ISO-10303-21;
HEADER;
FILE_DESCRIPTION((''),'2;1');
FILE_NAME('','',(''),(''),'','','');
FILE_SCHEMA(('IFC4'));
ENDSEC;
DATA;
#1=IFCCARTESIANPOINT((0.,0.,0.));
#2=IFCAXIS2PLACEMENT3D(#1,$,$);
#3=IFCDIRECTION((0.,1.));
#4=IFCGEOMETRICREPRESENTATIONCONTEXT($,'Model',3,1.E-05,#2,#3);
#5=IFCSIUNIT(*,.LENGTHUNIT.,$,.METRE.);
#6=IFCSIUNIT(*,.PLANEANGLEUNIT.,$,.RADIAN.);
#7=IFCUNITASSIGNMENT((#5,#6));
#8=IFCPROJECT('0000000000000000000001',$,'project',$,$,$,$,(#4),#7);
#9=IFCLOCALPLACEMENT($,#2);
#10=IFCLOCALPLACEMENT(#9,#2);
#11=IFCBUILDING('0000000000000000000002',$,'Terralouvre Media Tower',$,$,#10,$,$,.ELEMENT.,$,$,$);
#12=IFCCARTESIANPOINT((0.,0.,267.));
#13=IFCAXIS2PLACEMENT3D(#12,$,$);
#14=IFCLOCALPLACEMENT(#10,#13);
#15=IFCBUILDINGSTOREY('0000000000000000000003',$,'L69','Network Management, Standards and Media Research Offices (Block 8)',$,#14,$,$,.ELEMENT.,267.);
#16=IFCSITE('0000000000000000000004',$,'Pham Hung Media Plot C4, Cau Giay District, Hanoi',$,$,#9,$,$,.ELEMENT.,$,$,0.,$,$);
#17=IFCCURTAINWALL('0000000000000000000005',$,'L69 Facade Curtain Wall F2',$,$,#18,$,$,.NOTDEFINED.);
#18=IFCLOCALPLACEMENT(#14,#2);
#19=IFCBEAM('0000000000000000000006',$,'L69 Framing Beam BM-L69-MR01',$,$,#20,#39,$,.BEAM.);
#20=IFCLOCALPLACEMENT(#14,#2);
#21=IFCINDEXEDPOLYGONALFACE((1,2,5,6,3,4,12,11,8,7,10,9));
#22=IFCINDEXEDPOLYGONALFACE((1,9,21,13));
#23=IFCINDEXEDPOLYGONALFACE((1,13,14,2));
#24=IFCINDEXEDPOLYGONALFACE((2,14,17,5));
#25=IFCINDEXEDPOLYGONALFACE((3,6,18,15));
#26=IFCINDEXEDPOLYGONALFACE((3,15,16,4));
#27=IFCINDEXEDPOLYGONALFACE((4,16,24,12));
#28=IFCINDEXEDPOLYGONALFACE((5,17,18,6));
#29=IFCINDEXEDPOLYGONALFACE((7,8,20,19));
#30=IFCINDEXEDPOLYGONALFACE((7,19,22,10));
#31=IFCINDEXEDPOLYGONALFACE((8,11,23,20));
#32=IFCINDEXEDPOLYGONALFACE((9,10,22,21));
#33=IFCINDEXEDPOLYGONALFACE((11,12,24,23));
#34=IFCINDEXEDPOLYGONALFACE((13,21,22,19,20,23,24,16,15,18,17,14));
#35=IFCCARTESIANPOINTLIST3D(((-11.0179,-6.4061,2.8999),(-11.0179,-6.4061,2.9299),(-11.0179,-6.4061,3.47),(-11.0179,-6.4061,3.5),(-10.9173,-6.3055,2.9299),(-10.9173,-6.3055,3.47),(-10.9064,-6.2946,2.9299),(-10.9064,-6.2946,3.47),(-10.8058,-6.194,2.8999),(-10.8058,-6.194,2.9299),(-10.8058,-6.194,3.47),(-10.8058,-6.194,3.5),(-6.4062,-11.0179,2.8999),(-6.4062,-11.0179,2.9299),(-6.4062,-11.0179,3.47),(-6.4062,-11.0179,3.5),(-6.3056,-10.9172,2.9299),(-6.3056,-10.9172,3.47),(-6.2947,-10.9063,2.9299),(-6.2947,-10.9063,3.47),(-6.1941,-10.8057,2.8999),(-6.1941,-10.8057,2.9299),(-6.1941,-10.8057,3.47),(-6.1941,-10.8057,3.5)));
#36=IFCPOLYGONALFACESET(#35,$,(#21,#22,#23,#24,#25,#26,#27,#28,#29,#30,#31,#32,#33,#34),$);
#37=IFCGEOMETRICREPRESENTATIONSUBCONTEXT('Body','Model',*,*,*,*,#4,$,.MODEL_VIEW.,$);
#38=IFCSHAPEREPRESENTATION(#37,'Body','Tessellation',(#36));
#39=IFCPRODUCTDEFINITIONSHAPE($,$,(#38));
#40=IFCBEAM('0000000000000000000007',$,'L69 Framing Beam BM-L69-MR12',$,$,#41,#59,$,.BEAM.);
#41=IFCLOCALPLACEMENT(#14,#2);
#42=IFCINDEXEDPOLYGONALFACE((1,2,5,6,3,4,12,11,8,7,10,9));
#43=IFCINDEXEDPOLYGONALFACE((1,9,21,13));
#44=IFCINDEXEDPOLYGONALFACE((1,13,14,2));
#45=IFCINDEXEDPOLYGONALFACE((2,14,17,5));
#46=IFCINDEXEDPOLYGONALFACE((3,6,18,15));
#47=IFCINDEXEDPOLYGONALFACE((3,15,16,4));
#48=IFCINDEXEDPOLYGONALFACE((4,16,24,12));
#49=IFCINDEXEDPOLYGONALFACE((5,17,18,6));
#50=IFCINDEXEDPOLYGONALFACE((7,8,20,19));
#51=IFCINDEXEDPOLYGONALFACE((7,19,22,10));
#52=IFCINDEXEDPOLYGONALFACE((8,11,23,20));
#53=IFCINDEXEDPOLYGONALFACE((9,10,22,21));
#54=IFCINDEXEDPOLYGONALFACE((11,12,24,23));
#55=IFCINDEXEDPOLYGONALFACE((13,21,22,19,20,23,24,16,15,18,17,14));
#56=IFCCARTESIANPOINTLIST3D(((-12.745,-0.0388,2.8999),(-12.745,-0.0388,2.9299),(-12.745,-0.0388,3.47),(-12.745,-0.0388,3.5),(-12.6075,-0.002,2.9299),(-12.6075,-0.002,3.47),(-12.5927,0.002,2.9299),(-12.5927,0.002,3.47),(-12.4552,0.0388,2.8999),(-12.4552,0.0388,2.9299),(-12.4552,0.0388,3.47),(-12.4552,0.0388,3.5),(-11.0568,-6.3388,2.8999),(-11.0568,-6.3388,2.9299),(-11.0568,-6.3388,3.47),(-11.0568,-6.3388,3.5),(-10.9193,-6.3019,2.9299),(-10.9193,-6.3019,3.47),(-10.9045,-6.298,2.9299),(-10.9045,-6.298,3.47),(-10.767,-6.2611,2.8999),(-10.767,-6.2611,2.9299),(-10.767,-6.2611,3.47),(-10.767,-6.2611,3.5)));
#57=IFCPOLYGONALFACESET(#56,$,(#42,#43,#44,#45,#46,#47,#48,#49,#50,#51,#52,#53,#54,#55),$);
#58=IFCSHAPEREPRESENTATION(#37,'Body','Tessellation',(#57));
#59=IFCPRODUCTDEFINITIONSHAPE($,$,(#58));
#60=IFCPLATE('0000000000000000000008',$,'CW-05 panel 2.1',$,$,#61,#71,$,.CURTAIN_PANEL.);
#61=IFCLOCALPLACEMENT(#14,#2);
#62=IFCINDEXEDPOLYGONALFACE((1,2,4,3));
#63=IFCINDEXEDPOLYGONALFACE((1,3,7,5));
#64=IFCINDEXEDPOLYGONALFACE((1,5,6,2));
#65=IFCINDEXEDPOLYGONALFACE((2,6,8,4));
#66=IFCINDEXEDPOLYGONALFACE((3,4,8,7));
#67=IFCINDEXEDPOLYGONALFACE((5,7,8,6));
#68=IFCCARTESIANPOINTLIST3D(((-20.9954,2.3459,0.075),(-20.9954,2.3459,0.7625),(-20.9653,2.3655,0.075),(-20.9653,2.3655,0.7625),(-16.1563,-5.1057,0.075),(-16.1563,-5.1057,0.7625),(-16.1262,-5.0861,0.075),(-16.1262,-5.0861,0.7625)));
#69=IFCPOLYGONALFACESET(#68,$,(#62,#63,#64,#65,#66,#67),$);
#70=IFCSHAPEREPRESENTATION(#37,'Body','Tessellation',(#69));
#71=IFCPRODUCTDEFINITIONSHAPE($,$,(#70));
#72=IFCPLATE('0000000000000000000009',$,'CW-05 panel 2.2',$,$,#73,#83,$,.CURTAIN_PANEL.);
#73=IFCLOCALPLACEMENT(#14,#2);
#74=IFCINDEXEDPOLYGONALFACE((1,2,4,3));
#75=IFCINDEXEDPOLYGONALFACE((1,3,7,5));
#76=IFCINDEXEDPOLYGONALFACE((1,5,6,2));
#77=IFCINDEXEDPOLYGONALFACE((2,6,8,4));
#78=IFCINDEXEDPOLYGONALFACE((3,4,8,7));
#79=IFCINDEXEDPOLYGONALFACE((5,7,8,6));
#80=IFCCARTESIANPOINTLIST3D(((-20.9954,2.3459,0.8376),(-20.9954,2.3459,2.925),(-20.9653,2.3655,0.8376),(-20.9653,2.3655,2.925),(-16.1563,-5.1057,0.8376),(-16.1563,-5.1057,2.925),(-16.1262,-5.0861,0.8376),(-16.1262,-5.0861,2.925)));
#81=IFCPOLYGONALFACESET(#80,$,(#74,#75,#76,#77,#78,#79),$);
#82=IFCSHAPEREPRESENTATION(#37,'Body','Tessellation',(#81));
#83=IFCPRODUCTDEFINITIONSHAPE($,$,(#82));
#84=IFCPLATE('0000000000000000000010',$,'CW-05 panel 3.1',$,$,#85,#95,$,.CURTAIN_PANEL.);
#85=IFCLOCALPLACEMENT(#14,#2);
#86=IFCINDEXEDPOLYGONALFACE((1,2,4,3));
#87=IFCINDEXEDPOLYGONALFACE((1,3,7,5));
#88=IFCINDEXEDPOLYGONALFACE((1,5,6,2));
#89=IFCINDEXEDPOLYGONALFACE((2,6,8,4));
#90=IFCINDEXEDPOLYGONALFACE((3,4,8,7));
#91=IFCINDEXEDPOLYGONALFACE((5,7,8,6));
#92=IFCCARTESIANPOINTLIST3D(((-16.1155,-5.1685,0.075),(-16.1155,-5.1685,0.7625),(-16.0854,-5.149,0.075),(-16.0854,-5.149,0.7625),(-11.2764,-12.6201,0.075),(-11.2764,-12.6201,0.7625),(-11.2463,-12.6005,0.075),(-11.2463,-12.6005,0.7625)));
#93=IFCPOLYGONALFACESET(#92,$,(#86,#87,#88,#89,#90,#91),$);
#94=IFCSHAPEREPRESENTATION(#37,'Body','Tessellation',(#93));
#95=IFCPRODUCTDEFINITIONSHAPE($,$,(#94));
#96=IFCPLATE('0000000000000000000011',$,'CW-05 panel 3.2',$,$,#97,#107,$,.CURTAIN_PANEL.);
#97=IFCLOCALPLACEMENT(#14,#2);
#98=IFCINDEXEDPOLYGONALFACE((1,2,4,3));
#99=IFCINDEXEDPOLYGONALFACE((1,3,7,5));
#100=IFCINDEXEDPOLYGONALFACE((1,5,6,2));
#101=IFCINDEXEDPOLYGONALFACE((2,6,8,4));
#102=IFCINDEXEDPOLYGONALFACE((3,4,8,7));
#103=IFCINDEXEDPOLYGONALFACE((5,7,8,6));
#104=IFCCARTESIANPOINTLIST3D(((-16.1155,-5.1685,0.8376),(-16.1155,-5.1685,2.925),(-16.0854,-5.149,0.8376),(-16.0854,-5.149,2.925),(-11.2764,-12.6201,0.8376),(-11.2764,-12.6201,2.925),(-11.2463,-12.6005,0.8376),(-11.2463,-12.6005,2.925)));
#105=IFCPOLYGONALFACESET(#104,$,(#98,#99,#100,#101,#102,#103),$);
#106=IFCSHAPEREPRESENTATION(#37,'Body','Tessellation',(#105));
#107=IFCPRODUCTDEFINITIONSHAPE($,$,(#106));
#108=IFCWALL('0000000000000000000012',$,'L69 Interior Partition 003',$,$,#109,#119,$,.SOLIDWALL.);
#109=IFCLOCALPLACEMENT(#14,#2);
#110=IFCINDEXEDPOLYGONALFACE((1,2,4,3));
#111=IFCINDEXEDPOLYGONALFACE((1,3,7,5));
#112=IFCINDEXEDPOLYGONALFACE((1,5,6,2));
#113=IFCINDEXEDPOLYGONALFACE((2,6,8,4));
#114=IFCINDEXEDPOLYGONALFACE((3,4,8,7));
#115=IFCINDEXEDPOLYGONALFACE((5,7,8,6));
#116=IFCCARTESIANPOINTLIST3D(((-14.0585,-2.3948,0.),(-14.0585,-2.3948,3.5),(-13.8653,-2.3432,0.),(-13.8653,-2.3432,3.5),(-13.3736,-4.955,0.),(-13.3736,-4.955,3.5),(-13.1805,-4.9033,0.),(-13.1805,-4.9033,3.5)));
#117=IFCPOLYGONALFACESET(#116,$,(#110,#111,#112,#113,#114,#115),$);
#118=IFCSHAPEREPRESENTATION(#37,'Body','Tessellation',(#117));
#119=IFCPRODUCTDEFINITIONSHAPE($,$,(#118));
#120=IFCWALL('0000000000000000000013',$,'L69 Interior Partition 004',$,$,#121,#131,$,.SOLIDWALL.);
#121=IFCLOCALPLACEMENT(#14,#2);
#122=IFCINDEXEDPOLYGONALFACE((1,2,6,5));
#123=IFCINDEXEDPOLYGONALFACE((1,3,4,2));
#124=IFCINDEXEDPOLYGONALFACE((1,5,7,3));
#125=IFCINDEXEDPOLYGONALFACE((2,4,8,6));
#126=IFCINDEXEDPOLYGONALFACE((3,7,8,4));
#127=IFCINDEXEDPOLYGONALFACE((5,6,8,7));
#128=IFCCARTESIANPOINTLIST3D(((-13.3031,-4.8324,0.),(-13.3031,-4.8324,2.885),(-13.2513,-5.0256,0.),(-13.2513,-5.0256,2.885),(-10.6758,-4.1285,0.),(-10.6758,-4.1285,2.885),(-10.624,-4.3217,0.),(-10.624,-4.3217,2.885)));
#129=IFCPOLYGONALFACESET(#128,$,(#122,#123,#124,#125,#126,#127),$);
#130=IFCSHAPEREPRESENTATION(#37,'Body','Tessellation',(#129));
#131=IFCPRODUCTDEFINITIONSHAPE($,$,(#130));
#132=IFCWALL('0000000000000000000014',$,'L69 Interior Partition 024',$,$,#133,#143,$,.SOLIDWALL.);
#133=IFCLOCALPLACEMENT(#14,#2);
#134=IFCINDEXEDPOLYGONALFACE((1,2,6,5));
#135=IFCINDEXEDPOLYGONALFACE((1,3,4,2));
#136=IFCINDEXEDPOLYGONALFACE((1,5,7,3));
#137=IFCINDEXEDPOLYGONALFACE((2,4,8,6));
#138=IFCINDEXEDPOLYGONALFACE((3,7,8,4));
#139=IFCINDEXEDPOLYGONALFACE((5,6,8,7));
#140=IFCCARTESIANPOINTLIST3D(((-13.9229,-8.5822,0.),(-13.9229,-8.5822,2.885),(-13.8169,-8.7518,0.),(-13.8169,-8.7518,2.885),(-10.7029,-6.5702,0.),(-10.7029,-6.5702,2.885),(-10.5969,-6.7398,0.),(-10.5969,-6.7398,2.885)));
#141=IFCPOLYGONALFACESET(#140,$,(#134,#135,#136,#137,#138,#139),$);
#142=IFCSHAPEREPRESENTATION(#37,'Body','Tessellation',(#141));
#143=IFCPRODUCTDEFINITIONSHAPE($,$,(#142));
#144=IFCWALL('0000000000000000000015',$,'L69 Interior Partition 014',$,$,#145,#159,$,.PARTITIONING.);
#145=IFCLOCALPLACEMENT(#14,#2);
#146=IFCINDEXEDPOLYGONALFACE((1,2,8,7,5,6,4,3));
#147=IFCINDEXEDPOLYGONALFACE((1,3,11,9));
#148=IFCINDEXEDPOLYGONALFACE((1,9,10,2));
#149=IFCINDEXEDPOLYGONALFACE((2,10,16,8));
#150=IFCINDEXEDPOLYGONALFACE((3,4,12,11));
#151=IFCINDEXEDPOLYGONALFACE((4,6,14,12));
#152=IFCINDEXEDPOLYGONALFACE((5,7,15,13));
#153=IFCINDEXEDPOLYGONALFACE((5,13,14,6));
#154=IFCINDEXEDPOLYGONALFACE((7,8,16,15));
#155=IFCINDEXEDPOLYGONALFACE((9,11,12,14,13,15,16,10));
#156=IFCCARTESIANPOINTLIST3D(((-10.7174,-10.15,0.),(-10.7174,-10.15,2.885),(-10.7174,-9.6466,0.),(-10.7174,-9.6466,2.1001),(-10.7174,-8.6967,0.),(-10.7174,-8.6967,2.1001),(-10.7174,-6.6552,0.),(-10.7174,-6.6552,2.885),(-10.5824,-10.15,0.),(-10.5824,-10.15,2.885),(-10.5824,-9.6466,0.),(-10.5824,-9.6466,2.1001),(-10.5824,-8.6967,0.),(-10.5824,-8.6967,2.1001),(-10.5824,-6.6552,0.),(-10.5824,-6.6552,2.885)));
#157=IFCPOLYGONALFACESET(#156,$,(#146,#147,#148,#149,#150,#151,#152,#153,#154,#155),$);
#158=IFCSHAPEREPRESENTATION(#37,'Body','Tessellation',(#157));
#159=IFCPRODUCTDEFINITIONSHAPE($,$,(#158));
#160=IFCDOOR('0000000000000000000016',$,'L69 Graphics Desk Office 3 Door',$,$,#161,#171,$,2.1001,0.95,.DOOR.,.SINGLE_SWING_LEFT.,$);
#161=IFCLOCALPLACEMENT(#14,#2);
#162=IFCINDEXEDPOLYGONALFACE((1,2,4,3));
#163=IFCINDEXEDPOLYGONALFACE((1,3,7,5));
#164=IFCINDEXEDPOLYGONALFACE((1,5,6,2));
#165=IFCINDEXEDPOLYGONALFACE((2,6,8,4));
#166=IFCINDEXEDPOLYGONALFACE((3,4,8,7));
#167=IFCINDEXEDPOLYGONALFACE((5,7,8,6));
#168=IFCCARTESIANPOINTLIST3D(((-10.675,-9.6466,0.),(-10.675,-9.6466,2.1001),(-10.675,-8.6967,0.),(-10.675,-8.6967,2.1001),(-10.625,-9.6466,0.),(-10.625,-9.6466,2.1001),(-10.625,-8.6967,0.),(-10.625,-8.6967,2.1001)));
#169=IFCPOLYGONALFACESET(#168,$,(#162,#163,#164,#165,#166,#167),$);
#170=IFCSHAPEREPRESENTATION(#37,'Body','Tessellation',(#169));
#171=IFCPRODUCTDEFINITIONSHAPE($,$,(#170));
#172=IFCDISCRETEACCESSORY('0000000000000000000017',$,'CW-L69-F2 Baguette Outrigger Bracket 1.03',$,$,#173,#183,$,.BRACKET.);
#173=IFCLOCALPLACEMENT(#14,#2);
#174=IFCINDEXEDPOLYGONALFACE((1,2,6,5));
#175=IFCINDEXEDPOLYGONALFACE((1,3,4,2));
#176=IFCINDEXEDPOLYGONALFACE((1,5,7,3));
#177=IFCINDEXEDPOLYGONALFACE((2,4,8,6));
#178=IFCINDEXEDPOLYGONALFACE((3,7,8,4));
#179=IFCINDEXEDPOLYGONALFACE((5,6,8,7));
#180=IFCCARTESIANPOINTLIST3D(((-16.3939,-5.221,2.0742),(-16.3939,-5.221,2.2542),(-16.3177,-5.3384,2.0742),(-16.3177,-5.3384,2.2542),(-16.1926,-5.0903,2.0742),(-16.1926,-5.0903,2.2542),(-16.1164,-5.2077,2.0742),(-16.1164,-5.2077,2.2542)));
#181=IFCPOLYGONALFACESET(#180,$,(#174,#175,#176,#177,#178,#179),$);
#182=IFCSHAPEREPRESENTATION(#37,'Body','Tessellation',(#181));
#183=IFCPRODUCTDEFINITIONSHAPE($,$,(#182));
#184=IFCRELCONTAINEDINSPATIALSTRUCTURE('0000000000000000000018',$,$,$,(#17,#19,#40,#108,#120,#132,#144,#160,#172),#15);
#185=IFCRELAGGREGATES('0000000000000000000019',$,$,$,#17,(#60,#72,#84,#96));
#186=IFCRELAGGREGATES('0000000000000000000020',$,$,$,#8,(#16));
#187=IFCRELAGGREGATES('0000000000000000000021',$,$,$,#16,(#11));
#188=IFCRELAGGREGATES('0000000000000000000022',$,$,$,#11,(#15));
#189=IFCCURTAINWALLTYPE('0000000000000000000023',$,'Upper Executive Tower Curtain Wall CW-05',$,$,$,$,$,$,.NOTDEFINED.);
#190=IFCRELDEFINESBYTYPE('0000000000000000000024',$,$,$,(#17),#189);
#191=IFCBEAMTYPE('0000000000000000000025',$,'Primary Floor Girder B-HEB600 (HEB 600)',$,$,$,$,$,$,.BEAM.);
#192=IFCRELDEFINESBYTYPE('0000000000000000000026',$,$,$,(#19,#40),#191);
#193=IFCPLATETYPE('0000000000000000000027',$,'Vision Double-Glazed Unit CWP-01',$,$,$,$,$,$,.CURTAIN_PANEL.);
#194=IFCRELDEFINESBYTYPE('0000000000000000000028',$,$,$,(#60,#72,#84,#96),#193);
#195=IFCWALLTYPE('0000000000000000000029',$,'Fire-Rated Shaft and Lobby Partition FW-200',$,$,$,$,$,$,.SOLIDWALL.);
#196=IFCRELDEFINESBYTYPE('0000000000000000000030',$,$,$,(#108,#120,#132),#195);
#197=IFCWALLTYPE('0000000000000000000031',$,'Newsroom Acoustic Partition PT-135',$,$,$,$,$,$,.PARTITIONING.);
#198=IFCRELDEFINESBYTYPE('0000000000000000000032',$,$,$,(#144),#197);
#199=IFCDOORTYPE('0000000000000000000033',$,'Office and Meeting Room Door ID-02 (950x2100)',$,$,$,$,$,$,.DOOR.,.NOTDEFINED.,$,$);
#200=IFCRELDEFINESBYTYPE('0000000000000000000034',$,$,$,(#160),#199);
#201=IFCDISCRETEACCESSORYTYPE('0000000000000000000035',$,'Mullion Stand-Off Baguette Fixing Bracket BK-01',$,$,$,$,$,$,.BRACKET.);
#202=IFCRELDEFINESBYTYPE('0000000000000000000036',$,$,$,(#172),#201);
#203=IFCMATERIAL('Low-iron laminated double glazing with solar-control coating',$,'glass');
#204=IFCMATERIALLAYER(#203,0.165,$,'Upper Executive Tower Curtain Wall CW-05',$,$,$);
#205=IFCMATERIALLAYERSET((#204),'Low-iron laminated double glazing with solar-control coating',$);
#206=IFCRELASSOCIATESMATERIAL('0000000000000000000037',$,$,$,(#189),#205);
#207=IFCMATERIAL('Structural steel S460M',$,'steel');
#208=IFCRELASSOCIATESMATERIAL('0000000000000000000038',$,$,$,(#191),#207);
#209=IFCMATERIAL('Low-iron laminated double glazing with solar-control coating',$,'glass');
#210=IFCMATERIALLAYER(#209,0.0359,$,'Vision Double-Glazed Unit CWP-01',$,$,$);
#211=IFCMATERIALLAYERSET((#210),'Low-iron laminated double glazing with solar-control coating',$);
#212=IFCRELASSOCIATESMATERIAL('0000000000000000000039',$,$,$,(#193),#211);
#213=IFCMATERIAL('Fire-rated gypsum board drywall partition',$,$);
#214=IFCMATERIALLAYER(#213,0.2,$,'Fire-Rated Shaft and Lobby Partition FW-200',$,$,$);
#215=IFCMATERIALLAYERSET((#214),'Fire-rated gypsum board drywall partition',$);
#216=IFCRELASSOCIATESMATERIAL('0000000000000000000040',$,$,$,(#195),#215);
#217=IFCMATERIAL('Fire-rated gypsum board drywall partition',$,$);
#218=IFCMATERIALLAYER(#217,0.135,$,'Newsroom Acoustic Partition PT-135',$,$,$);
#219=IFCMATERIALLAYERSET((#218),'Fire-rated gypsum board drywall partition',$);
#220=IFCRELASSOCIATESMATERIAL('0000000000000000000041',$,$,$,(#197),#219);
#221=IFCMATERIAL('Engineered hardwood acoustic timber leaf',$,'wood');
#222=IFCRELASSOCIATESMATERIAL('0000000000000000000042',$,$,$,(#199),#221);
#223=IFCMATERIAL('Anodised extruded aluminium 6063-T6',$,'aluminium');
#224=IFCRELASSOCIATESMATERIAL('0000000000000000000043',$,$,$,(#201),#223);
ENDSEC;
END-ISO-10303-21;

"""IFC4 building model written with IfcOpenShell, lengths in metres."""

from ifc_helpers import new_model, si_unit, direction, frame, frame_2d, origin, origin_2d, place, context, subcontext, project, spatial, rectangle, i_section, extrude, material, layer, layer_set, material_profile, profile_set, type_object, element, fill, aggregate, save


model = new_model("IFC4")

# Units and contexts
model_context = context("Model", 3, precision=1e-05, world=origin(), true_north=direction((0.0, 1.0)))
body_context = subcontext(model_context, "Body", "Model", "MODEL_VIEW")
ifc_project = project(units=[si_unit("LENGTHUNIT", "METRE"), si_unit("PLANEANGLEUNIT", "RADIAN")], contexts=[model_context])

# Site, building, storey
site_placement = place(None, origin())
site = spatial("IfcSite", under=ifc_project, at=site_placement, Name="Pham Hung Media Plot C4, Cau Giay District, Hanoi", CompositionType="ELEMENT", RefElevation=0.0)
building_placement = place(site_placement, origin())
building = spatial("IfcBuilding", under=site, at=building_placement, Name="Terralouvre Media Tower", CompositionType="ELEMENT")
storey_placement = place(building_placement, frame((0.0, 0.0, 267.0)))
storey = spatial("IfcBuildingStorey", under=building, at=storey_placement, Name="L69", Description="Network Management, Standards and Media Research Offices (Block 8)", CompositionType="ELEMENT", Elevation=267.0)

# Curtain wall
ifc_material_1 = material(Name="Low-iron laminated double glazing with solar-control coating", Category="glass")
ifc_layer_1 = layer(ifc_material_1, 0.165, Name="Upper Executive Tower Curtain Wall CW-05")
ifc_layer_set_1 = layer_set([ifc_layer_1], Name="Low-iron laminated double glazing with solar-control coating")
curtain_wall_type = type_object("IfcCurtainWallType", Name="Upper Executive Tower Curtain Wall CW-05", PredefinedType="NOTDEFINED", material=ifc_layer_set_1)
curtain_wall_placement = place(storey_placement, origin())
curtain_wall = element("IfcCurtainWall", 1, at=curtain_wall_placement, inside=storey, type_object=curtain_wall_type, Name="L69 Facade Curtain Wall F2", PredefinedType="NOTDEFINED")

# Beams
ifc_material_2 = material(Name="Structural steel S460M", Category="steel")
ifc_material_profile_1 = material_profile(ifc_material_2, i_section(OverallWidth=0.3, OverallDepth=0.6001, WebThickness=0.0154, FlangeThickness=0.03, at=origin_2d()), Name="HEB 600")
ifc_profile_set_1 = profile_set([ifc_material_profile_1], Name="Structural steel S460M")
beam_type_1 = type_object("IfcBeamType", Name="Primary Floor Girder B-HEB600 (HEB 600)", PredefinedType="BEAM", material=ifc_profile_set_1)
beam_1_placement = place(storey_placement, frame((-10.9119, -6.3, 3.2), z_axis=(0.707107, -0.707107, 0.0), x_axis=(0.707107, 0.707107, 0.0)))
element("IfcBeam", 2, at=beam_1_placement, inside=storey, type_object=beam_type_1, Name="L69 Framing Beam BM-L69-MR01", PredefinedType="BEAM", context=body_context, shape_type="SweptSolid", body=[
    extrude(i_section(OverallWidth=0.3, OverallDepth=0.6001, WebThickness=0.0154, FlangeThickness=0.03, at=origin_2d()), origin(), (0.0, 0.0, 1.0), 6.522),
])
beam_2_placement = place(storey_placement, frame((-12.6001, 0.0, 3.2), z_axis=(0.258839, -0.96592, 0.0), x_axis=(0.96592, 0.258839, 0.0)))
element("IfcBeam", 3, at=beam_2_placement, inside=storey, type_object=beam_type_1, Name="L69 Framing Beam BM-L69-MR12", PredefinedType="BEAM", context=body_context, shape_type="SweptSolid", body=[
    extrude(i_section(OverallWidth=0.3, OverallDepth=0.6001, WebThickness=0.0154, FlangeThickness=0.03, at=origin_2d()), origin(), (0.0, 0.0, 1.0), 6.5222),
])

# Plates
ifc_material_3 = material(Name="Low-iron laminated double glazing with solar-control coating", Category="glass")
ifc_layer_2 = layer(ifc_material_3, 0.0359, Name="Vision Double-Glazed Unit CWP-01")
ifc_layer_set_2 = layer_set([ifc_layer_2], Name="Low-iron laminated double glazing with solar-control coating")
plate_type = type_object("IfcPlateType", Name="Vision Double-Glazed Unit CWP-01", PredefinedType="CURTAIN_PANEL", material=ifc_layer_set_2)
plate_1_placement = place(storey_placement, frame((-18.5608, -1.3701, 0.075), z_axis=(0.0, 0.0, 1.0), x_axis=(0.544639, -0.838671, 0.0)))
plate_1 = element("IfcPlate", 4, at=plate_1_placement, type_object=plate_type, Name="CW-05 panel 2.1", PredefinedType="CURTAIN_PANEL", context=body_context, shape_type="SweptSolid", body=[
    extrude(rectangle(XDim=8.885, YDim=0.0359, at=origin_2d()), origin(), (0.0, 0.0, 1.0), 0.6875),
])
plate_2_placement = place(storey_placement, frame((-18.5608, -1.3701, 0.8376), z_axis=(0.0, 0.0, 1.0), x_axis=(0.544639, -0.838671, 0.0)))
plate_2 = element("IfcPlate", 5, at=plate_2_placement, type_object=plate_type, Name="CW-05 panel 2.2", PredefinedType="CURTAIN_PANEL", context=body_context, shape_type="SweptSolid", body=[
    extrude(rectangle(XDim=8.885, YDim=0.0359, at=origin_2d()), origin(), (0.0, 0.0, 1.0), 2.0874),
])
plate_3_placement = place(storey_placement, frame((-13.6809, -8.8845, 0.075), z_axis=(0.0, 0.0, 1.0), x_axis=(0.544639, -0.838671, 0.0)))
plate_3 = element("IfcPlate", 6, at=plate_3_placement, type_object=plate_type, Name="CW-05 panel 3.1", PredefinedType="CURTAIN_PANEL", context=body_context, shape_type="SweptSolid", body=[
    extrude(rectangle(XDim=8.885, YDim=0.0359, at=origin_2d()), origin(), (0.0, 0.0, 1.0), 0.6875),
])
plate_4_placement = place(storey_placement, frame((-13.6809, -8.8845, 0.8376), z_axis=(0.0, 0.0, 1.0), x_axis=(0.544639, -0.838671, 0.0)))
plate_4 = element("IfcPlate", 7, at=plate_4_placement, type_object=plate_type, Name="CW-05 panel 3.2", PredefinedType="CURTAIN_PANEL", context=body_context, shape_type="SweptSolid", body=[
    extrude(rectangle(XDim=8.885, YDim=0.0359, at=origin_2d()), origin(), (0.0, 0.0, 1.0), 2.0874),
])
aggregate(curtain_wall, [plate_1, plate_2, plate_3, plate_4])

# Walls
ifc_material_4 = material(Name="Fire-rated gypsum board drywall partition")
ifc_layer_3 = layer(ifc_material_4, 0.2, Name="Fire-Rated Shaft and Lobby Partition FW-200")
ifc_layer_set_3 = layer_set([ifc_layer_3], Name="Fire-rated gypsum board drywall partition")
wall_type_1 = type_object("IfcWallType", Name="Fire-Rated Shaft and Lobby Partition FW-200", PredefinedType="SOLIDWALL", material=ifc_layer_set_3)
wall_1_placement = place(storey_placement, frame((-13.9619, -2.3689, 0.0), z_axis=(0.0, 0.0, 1.0), x_axis=(0.258414, -0.966034, 0.0)))
element("IfcWall", 8, at=wall_1_placement, inside=storey, type_object=wall_type_1, Name="L69 Interior Partition 003", PredefinedType="SOLIDWALL", context=body_context, shape_type="SweptSolid", body=[
    extrude(rectangle(XDim=2.6501, YDim=0.2, at=frame_2d((1.3252, 0.0))), origin(), (0.0, 0.0, 1.0), 3.5),
])
wall_2_placement = place(storey_placement, frame((-13.2771, -4.929, 0.0), z_axis=(0.0, 0.0, 1.0), x_axis=(0.965935, 0.258785, 0.0)))
element("IfcWall", 9, at=wall_2_placement, inside=storey, type_object=wall_type_1, Name="L69 Interior Partition 004", PredefinedType="SOLIDWALL", context=body_context, shape_type="SweptSolid", body=[
    extrude(rectangle(XDim=2.72, YDim=0.2, at=frame_2d((1.3599, 0.0))), origin(), (0.0, 0.0, 1.0), 2.885),
])
wall_3_placement = place(storey_placement, frame((-13.8699, -8.667, 0.0), z_axis=(0.0, 0.0, 1.0), x_axis=(0.84806, 0.529901, 0.0)))
element("IfcWall", 10, at=wall_3_placement, inside=storey, type_object=wall_type_1, Name="L69 Interior Partition 024", PredefinedType="SOLIDWALL", context=body_context, shape_type="SweptSolid", body=[
    extrude(rectangle(XDim=3.7969, YDim=0.2, at=frame_2d((1.8984, 0.0))), origin(), (0.0, 0.0, 1.0), 2.885),
])

# Wall, opening, door
ifc_material_5 = material(Name="Fire-rated gypsum board drywall partition")
ifc_layer_4 = layer(ifc_material_5, 0.135, Name="Newsroom Acoustic Partition PT-135")
ifc_layer_set_4 = layer_set([ifc_layer_4], Name="Fire-rated gypsum board drywall partition")
wall_type_2 = type_object("IfcWallType", Name="Newsroom Acoustic Partition PT-135", PredefinedType="PARTITIONING", material=ifc_layer_set_4)
wall_4_placement = place(storey_placement, frame((-10.6499, -6.655, 0.0), z_axis=(0.0, 0.0, 1.0), x_axis=(0.0, -1.0, 0.0)))
wall_4 = element("IfcWall", 11, at=wall_4_placement, inside=storey, type_object=wall_type_2, Name="L69 Interior Partition 014", PredefinedType="PARTITIONING", context=body_context, shape_type="SweptSolid", body=[
    extrude(rectangle(XDim=3.4949, YDim=0.135, at=frame_2d((1.7476, 0.0))), origin(), (0.0, 0.0, 1.0), 2.885),
])
opening_placement = place(wall_4_placement, frame((2.0415, 0.0, 0.0)))
opening = element("IfcOpeningElement", 12, at=opening_placement, cuts=wall_4, PredefinedType="OPENING", context=body_context, shape_type="SweptSolid", body=[
    extrude(rectangle(XDim=0.95, YDim=2.1001, at=frame_2d((0.4751, 1.05))), frame((0.0, 0.0774, 0.0), z_axis=(0.0, -1.0, 0.0), x_axis=(1.0, 0.0, 0.0)), (0.0, 0.0, 1.0), 0.155),
])
ifc_material_6 = material(Name="Engineered hardwood acoustic timber leaf", Category="wood")
door_type = type_object("IfcDoorType", Name="Office and Meeting Room Door ID-02 (950x2100)", OperationType="NOTDEFINED", PredefinedType="DOOR", material=ifc_material_6)
door_placement = place(opening_placement, origin())
door = element("IfcDoor", 13, at=door_placement, inside=storey, type_object=door_type, Name="L69 Graphics Desk Office 3 Door", OperationType="SINGLE_SWING_LEFT", OverallHeight=2.1001, OverallWidth=0.95, PredefinedType="DOOR", context=body_context, shape_type="SweptSolid", body=[
    extrude(rectangle(XDim=0.95, YDim=2.1001, at=frame_2d((0.4751, 1.05))), frame((0.0, 0.0249, 0.0), z_axis=(0.0, -1.0, 0.0), x_axis=(1.0, 0.0, 0.0)), (0.0, 0.0, 1.0), 0.05),
])
fill(opening, door)

# Discrete accessory
ifc_material_7 = material(Name="Anodised extruded aluminium 6063-T6", Category="aluminium")
discrete_accessory_type = type_object("IfcDiscreteAccessoryType", Name="Mullion Stand-Off Baguette Fixing Bracket BK-01", PredefinedType="BRACKET", material=ifc_material_7)
discrete_accessory_placement = place(storey_placement, frame((-16.2551, -5.2144, 2.0742), z_axis=(0.0, 0.0, 1.0), x_axis=(0.544639, -0.838671, 0.0)))
element("IfcDiscreteAccessory", 14, at=discrete_accessory_placement, inside=storey, type_object=discrete_accessory_type, Name="CW-L69-F2 Baguette Outrigger Bracket 1.03", PredefinedType="BRACKET", context=body_context, shape_type="SweptSolid", body=[
    extrude(rectangle(XDim=0.1399, YDim=0.24, at=origin_2d()), origin(), (0.0, 0.0, 1.0), 0.1799),
])

save(model, "model.ifc")
